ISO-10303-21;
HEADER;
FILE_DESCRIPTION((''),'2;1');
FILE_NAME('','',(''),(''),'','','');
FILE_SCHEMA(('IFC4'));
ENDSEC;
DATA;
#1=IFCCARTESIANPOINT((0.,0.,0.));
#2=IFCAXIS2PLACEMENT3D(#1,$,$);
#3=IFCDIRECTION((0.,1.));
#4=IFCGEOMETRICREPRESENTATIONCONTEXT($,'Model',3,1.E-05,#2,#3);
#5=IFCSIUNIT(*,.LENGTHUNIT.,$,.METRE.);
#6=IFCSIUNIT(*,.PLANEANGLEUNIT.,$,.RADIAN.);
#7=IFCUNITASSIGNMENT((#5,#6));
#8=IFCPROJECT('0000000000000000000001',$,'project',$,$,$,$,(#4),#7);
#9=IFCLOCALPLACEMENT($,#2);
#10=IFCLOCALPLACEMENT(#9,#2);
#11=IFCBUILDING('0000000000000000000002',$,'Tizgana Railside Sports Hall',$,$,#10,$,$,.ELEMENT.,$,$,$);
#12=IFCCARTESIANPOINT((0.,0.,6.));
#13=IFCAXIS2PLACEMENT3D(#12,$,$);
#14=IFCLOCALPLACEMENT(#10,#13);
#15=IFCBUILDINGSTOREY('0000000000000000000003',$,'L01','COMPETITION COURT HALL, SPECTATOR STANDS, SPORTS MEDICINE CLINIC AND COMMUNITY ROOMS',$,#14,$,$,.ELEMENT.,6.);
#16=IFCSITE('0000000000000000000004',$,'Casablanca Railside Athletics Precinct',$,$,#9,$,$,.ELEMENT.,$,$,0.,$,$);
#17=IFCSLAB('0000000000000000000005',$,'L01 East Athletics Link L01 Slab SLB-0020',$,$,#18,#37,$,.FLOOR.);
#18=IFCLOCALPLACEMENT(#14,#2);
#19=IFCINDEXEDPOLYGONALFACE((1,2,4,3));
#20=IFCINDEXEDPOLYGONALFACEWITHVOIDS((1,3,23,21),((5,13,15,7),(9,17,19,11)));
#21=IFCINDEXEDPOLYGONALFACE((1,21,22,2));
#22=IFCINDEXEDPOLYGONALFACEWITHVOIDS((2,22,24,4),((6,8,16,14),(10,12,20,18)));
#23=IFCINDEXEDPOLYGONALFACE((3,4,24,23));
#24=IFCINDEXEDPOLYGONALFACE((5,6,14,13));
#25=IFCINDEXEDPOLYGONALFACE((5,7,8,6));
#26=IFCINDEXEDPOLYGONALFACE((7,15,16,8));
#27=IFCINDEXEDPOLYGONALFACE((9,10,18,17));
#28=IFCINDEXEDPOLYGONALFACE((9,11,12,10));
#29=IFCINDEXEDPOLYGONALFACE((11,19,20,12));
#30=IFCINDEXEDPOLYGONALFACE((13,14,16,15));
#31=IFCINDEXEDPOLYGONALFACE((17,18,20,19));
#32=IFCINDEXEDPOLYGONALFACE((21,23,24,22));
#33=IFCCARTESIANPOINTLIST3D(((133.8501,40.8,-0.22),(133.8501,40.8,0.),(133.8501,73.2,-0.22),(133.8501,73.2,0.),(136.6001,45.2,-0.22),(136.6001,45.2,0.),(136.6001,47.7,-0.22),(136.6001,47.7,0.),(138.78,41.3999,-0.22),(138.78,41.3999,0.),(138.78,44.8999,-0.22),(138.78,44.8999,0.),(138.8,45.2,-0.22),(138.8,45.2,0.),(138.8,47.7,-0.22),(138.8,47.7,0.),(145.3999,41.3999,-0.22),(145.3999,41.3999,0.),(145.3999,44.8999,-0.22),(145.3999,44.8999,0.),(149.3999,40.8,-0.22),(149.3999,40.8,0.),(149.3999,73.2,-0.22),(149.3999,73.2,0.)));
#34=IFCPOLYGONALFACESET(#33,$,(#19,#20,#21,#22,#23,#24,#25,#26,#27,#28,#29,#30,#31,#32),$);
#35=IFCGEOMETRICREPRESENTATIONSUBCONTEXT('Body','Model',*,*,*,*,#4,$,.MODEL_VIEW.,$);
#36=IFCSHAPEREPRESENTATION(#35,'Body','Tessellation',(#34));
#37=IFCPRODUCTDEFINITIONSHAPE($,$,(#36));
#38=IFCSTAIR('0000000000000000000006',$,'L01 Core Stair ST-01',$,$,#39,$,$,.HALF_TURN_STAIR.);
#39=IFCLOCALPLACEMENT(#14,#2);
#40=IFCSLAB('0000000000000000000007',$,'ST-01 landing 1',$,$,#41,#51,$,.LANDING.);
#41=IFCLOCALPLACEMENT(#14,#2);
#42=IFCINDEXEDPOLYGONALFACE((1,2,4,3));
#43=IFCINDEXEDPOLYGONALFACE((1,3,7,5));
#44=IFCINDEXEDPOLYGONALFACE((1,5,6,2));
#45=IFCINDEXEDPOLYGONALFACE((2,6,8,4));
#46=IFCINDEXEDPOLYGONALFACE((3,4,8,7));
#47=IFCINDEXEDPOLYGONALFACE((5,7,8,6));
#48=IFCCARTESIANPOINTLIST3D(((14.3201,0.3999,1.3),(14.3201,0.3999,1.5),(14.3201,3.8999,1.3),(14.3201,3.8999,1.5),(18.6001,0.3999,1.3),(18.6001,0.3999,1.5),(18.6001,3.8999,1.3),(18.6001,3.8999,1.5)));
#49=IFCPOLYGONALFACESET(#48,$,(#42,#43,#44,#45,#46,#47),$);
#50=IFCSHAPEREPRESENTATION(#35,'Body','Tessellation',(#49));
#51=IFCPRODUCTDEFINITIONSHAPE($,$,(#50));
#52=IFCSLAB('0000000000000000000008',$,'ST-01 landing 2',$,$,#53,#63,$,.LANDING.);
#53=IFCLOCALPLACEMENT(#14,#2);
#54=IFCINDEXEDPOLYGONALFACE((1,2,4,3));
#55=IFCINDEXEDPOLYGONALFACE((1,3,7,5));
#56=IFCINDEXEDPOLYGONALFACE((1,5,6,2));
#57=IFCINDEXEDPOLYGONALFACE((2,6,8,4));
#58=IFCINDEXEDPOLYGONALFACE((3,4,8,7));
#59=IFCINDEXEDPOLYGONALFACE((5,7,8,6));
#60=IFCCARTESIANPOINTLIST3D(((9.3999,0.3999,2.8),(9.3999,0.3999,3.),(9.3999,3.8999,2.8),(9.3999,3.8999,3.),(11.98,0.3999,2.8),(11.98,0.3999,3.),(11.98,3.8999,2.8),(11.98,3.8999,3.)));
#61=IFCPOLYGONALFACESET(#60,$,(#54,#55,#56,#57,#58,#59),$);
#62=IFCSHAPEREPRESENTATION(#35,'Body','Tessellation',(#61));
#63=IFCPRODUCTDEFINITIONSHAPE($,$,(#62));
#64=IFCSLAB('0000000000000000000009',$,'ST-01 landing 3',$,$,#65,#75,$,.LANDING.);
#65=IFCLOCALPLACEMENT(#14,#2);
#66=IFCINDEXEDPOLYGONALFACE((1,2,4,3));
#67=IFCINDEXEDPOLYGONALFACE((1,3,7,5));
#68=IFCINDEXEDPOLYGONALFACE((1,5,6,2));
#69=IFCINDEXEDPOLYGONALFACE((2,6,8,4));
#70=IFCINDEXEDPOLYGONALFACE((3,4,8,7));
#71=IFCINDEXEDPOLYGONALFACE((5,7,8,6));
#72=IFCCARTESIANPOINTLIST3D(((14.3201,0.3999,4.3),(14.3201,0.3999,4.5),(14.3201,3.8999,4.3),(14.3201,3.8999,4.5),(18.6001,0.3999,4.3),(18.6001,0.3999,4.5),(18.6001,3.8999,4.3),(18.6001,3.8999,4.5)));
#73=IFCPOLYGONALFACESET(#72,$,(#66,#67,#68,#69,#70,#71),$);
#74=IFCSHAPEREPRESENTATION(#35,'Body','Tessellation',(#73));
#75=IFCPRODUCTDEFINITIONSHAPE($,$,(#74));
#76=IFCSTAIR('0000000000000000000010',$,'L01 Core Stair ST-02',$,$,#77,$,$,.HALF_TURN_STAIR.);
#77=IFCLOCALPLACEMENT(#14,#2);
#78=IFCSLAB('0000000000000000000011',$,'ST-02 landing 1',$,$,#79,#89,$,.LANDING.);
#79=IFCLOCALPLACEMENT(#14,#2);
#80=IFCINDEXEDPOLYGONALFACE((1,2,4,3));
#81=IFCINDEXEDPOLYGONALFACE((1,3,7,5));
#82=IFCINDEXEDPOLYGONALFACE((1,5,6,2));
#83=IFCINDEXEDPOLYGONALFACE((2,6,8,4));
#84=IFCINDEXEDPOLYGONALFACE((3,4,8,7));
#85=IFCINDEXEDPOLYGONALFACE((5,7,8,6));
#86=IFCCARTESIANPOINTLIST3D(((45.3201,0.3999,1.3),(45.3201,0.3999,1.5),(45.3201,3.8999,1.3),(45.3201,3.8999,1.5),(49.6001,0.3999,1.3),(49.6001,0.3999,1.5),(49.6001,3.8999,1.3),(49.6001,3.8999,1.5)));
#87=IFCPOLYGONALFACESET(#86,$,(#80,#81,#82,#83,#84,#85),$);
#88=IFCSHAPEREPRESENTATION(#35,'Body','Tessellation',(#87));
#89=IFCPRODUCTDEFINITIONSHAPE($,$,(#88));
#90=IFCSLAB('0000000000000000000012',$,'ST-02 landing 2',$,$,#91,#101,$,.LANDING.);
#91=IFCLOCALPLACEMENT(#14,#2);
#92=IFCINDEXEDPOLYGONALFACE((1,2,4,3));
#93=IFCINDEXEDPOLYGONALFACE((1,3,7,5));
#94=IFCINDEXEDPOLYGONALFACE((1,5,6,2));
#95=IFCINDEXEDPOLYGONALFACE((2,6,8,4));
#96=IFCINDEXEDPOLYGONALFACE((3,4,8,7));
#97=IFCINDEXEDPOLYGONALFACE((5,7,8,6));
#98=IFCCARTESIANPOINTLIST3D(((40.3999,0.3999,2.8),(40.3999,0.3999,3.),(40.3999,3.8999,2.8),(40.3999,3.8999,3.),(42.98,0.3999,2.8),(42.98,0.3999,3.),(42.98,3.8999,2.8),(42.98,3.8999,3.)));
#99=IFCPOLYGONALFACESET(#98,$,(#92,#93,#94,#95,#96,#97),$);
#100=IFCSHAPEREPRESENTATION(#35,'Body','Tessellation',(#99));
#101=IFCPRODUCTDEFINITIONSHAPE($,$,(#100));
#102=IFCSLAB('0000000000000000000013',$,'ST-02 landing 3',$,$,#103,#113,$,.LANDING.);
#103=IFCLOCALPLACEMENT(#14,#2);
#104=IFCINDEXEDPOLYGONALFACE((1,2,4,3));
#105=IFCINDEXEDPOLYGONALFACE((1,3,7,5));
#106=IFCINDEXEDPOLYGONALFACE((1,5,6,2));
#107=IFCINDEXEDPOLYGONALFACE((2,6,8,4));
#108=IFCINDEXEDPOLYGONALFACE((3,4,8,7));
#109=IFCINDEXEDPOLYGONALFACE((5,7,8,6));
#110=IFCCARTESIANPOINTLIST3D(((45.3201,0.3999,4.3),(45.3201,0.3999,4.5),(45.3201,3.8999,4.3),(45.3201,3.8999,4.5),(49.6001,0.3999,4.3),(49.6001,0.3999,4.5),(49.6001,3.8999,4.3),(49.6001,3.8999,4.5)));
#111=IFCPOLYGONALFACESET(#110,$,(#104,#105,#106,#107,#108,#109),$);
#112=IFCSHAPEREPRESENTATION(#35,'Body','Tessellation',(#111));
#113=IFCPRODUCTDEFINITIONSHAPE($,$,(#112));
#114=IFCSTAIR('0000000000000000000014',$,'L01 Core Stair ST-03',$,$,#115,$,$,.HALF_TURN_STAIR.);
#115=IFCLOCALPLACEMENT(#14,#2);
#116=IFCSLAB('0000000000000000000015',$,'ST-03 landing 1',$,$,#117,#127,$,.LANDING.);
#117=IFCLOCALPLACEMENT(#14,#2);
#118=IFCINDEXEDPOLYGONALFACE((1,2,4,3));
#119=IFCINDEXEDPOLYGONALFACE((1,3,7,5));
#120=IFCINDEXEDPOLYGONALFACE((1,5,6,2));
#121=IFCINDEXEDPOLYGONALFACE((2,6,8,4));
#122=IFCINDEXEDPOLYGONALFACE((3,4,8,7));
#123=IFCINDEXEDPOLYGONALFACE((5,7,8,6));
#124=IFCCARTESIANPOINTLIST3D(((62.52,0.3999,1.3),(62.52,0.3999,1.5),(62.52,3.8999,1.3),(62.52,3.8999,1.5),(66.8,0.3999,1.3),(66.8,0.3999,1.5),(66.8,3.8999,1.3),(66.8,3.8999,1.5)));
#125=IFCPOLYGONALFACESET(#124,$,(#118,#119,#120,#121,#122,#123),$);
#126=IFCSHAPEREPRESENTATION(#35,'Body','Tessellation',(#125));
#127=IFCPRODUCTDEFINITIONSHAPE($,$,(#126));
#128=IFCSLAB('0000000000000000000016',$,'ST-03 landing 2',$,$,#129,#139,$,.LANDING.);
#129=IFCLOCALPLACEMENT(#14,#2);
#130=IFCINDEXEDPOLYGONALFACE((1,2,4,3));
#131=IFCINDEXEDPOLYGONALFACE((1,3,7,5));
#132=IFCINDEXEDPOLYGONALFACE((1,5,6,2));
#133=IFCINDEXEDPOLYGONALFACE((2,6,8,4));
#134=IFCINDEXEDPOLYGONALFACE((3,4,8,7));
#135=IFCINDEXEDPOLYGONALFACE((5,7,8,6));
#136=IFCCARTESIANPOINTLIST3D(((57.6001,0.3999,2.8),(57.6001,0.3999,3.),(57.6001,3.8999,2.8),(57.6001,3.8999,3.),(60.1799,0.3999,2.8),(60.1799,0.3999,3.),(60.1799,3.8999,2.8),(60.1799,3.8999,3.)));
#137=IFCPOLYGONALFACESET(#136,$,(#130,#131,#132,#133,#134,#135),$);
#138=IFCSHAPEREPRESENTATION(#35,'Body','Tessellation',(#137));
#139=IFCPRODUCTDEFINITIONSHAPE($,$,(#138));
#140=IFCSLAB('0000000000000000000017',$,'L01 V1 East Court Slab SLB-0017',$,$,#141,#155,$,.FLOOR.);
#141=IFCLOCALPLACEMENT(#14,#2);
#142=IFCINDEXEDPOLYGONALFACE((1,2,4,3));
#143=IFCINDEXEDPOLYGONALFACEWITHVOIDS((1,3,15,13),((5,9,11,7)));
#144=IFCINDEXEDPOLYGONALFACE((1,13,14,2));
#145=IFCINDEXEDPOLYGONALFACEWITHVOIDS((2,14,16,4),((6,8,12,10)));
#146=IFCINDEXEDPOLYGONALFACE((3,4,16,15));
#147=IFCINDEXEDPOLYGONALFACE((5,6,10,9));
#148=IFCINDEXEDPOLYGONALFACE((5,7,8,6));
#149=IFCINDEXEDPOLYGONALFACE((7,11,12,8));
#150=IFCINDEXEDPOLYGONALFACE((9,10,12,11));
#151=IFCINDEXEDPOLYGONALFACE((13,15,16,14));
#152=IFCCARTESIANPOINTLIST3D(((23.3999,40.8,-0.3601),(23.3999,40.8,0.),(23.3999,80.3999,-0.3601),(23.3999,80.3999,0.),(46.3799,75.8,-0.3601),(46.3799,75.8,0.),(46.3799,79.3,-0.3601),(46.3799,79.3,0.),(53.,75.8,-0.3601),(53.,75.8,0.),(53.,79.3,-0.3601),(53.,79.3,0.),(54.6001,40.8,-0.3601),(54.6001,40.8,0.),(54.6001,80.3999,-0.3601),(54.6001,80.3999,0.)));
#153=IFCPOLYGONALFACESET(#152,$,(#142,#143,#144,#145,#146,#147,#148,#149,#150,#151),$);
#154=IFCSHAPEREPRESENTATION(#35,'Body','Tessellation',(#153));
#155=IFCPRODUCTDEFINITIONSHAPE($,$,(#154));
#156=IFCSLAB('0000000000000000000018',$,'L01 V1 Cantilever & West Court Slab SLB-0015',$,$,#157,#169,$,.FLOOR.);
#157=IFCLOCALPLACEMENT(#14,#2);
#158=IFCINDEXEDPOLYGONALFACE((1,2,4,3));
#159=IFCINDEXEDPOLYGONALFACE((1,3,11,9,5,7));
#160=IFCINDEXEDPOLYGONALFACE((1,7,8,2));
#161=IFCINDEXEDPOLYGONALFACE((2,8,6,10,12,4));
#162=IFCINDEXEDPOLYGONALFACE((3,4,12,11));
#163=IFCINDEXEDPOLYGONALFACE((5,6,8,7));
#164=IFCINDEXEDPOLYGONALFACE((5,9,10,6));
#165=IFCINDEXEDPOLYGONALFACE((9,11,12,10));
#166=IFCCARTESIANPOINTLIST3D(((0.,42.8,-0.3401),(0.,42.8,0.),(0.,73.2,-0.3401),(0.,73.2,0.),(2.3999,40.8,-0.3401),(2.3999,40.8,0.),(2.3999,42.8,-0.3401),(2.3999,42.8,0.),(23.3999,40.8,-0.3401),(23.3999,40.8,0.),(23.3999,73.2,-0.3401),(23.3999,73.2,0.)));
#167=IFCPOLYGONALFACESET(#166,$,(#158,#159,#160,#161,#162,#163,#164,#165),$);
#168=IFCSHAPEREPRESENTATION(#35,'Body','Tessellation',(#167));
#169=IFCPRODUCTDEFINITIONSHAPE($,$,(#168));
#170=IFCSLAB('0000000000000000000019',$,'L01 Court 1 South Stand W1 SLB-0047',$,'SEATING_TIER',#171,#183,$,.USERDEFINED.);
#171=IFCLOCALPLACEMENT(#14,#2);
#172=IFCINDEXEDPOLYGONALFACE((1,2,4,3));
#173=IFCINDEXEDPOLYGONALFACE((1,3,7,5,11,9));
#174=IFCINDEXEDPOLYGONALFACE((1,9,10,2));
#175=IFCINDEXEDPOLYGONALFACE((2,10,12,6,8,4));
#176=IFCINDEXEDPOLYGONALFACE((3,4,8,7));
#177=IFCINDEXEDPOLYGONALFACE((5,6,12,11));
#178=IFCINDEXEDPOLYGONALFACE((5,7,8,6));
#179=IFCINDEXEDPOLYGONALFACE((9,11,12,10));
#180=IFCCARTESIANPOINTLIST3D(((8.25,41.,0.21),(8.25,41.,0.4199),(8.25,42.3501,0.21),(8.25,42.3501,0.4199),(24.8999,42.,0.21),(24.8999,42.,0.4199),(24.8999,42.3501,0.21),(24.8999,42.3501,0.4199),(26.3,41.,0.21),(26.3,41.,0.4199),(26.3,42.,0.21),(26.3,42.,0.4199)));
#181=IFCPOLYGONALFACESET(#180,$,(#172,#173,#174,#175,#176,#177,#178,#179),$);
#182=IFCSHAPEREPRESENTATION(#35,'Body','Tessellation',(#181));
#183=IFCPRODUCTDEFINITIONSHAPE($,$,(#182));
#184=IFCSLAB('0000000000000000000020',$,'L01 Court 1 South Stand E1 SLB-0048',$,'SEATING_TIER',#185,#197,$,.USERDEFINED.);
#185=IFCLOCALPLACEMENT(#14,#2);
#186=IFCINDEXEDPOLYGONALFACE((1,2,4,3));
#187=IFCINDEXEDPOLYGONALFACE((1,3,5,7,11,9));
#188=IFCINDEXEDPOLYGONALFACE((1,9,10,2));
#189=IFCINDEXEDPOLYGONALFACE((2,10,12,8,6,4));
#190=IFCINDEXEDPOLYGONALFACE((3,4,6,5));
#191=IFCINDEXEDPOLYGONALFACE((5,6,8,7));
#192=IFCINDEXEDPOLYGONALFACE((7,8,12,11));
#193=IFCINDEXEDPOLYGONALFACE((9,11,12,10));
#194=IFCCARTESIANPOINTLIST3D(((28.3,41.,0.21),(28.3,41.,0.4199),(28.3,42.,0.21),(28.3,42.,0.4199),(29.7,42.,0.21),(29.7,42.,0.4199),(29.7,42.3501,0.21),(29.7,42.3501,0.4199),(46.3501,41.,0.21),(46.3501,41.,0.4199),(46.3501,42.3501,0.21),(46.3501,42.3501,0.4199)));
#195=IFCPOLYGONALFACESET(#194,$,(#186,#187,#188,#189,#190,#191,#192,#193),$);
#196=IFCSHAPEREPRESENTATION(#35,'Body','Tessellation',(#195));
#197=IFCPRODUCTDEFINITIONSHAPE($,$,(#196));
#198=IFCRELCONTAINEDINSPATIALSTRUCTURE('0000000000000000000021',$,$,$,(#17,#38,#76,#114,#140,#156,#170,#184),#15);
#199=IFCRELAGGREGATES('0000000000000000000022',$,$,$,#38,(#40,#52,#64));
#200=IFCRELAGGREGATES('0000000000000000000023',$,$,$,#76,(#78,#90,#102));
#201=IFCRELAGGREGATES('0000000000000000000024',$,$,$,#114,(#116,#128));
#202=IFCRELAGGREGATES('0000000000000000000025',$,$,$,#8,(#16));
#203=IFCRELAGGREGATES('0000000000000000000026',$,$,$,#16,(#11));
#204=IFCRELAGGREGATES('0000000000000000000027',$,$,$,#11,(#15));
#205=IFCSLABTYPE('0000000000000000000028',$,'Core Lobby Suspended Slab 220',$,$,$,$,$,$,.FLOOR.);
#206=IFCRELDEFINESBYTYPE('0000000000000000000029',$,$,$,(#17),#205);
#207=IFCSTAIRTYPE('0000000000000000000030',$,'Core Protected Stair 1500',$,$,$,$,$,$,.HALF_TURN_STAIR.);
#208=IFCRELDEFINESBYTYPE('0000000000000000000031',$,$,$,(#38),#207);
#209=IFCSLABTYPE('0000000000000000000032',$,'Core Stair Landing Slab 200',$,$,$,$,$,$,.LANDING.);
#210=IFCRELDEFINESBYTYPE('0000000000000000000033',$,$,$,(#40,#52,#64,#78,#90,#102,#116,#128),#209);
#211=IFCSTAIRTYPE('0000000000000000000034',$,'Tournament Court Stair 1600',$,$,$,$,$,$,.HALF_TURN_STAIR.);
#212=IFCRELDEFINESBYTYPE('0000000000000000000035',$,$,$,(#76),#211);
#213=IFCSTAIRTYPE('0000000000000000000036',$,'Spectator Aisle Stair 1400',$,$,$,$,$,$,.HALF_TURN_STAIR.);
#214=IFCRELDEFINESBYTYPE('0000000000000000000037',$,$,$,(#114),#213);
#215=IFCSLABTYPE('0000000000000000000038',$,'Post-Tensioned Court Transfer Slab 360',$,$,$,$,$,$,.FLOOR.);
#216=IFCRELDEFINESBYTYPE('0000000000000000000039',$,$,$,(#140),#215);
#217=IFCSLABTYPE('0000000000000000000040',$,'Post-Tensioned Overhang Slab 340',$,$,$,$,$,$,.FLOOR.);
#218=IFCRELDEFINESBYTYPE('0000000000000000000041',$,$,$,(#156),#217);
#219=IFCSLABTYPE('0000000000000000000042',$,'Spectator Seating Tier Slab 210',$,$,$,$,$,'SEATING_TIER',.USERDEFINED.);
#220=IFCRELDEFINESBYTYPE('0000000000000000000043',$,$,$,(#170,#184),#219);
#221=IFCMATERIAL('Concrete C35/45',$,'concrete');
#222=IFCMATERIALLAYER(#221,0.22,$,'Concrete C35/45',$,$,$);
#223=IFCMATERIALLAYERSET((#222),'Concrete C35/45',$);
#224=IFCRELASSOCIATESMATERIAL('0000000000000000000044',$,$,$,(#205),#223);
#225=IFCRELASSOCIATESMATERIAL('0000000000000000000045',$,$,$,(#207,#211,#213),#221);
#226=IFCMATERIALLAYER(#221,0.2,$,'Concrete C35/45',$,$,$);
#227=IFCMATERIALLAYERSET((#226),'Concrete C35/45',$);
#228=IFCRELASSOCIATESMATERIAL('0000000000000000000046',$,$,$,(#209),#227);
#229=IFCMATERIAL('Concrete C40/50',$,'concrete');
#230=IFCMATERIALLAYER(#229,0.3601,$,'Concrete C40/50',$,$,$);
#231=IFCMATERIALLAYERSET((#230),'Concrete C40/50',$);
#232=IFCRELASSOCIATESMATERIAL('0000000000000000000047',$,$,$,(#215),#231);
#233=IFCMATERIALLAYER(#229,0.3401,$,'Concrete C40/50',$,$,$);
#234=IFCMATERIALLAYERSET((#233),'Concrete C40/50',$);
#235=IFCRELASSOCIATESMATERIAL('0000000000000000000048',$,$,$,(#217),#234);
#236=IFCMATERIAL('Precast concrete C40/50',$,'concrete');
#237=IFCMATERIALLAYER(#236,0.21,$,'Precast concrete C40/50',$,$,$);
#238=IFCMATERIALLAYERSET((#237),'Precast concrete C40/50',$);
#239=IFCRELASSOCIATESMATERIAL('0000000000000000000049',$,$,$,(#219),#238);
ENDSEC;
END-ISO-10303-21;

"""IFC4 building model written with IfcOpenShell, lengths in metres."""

from ifc_helpers import new_model, si_unit, direction, frame, origin, place, context, subcontext, project, spatial, polyline, outline, extrude, material, layer, layer_set, type_object, element, aggregate, save


model = new_model("IFC4")

# Units and contexts
model_context = context("Model", 3, precision=1e-05, world=origin(), true_north=direction((0.0, 1.0)))
body_context = subcontext(model_context, "Body", "Model", "MODEL_VIEW")
ifc_project = project(units=[si_unit("LENGTHUNIT", "METRE"), si_unit("PLANEANGLEUNIT", "RADIAN")], contexts=[model_context])

# Site, building, storey
site_placement = place(None, origin())
site = spatial("IfcSite", under=ifc_project, at=site_placement, Name="Casablanca Railside Athletics Precinct", CompositionType="ELEMENT", RefElevation=0.0)
building_placement = place(site_placement, origin())
building = spatial("IfcBuilding", under=site, at=building_placement, Name="Tizgana Railside Sports Hall", CompositionType="ELEMENT")
storey_placement = place(building_placement, frame((0.0, 0.0, 6.0)))
storey = spatial("IfcBuildingStorey", under=building, at=storey_placement, Name="L01", Description="COMPETITION COURT HALL, SPECTATOR STANDS, SPORTS MEDICINE CLINIC AND COMMUNITY ROOMS", CompositionType="ELEMENT", Elevation=6.0)

# Slab
ifc_material_1 = material(Name="Concrete C35/45", Category="concrete")
ifc_layer_1 = layer(ifc_material_1, 0.22, Name="Concrete C35/45")
ifc_layer_set_1 = layer_set([ifc_layer_1], Name="Concrete C35/45")
slab_type_1 = type_object("IfcSlabType", Name="Core Lobby Suspended Slab 220", PredefinedType="FLOOR", material=ifc_layer_set_1)
slab_1_placement = place(storey_placement, frame((0.0, 0.0, -0.22)))
element("IfcSlab", 1, at=slab_1_placement, inside=storey, type_object=slab_type_1, Name="L01 East Athletics Link L01 Slab SLB-0020", PredefinedType="FLOOR", context=body_context, shape_type="SweptSolid", body=[
    extrude(outline(polyline([(133.8501, 40.8), (149.3999, 40.8), (149.3999, 73.2), (133.8501, 73.2), (133.8501, 40.8)]), holes=[polyline([(138.78, 41.3999), (145.3999, 41.3999), (145.3999, 44.8999), (138.78, 44.8999), (138.78, 41.3999)]), polyline([(136.6001, 45.2), (138.8, 45.2), (138.8, 47.7), (136.6001, 47.7), (136.6001, 45.2)])]), origin(), (0.0, 0.0, 1.0), 0.22),
])

# Stairs, slabs
stair_type_1 = type_object("IfcStairType", Name="Core Protected Stair 1500", PredefinedType="HALF_TURN_STAIR", material=ifc_material_1)
stair_1_placement = place(storey_placement, origin())
stair_1 = element("IfcStair", 2, at=stair_1_placement, inside=storey, type_object=stair_type_1, Name="L01 Core Stair ST-01", PredefinedType="HALF_TURN_STAIR")
ifc_layer_2 = layer(ifc_material_1, 0.2, Name="Concrete C35/45")
ifc_layer_set_2 = layer_set([ifc_layer_2], Name="Concrete C35/45")
slab_type_2 = type_object("IfcSlabType", Name="Core Stair Landing Slab 200", PredefinedType="LANDING", material=ifc_layer_set_2)
slab_2_placement = place(storey_placement, frame((0.0, 0.0, 1.3)))
slab_2 = element("IfcSlab", 3, at=slab_2_placement, type_object=slab_type_2, Name="ST-01 landing 1", PredefinedType="LANDING", context=body_context, shape_type="SweptSolid", body=[
    extrude(outline(polyline([(14.3201, 0.3999), (18.6001, 0.3999), (18.6001, 3.8999), (14.3201, 3.8999), (14.3201, 0.3999)])), origin(), (0.0, 0.0, 1.0), 0.2),
])
slab_3_placement = place(storey_placement, frame((0.0, 0.0, 2.8)))
slab_3 = element("IfcSlab", 4, at=slab_3_placement, type_object=slab_type_2, Name="ST-01 landing 2", PredefinedType="LANDING", context=body_context, shape_type="SweptSolid", body=[
    extrude(outline(polyline([(9.3999, 0.3999), (11.98, 0.3999), (11.98, 3.8999), (9.3999, 3.8999), (9.3999, 0.3999)])), origin(), (0.0, 0.0, 1.0), 0.2),
])
slab_4_placement = place(storey_placement, frame((0.0, 0.0, 4.3)))
slab_4 = element("IfcSlab", 5, at=slab_4_placement, type_object=slab_type_2, Name="ST-01 landing 3", PredefinedType="LANDING", context=body_context, shape_type="SweptSolid", body=[
    extrude(outline(polyline([(14.3201, 0.3999), (18.6001, 0.3999), (18.6001, 3.8999), (14.3201, 3.8999), (14.3201, 0.3999)])), origin(), (0.0, 0.0, 1.0), 0.2),
])
aggregate(stair_1, [slab_2, slab_3, slab_4])
stair_type_2 = type_object("IfcStairType", Name="Tournament Court Stair 1600", PredefinedType="HALF_TURN_STAIR", material=ifc_material_1)
stair_2_placement = place(storey_placement, origin())
stair_2 = element("IfcStair", 6, at=stair_2_placement, inside=storey, type_object=stair_type_2, Name="L01 Core Stair ST-02", PredefinedType="HALF_TURN_STAIR")
slab_5_placement = place(storey_placement, frame((0.0, 0.0, 1.3)))
slab_5 = element("IfcSlab", 7, at=slab_5_placement, type_object=slab_type_2, Name="ST-02 landing 1", PredefinedType="LANDING", context=body_context, shape_type="SweptSolid", body=[
    extrude(outline(polyline([(45.3201, 0.3999), (49.6001, 0.3999), (49.6001, 3.8999), (45.3201, 3.8999), (45.3201, 0.3999)])), origin(), (0.0, 0.0, 1.0), 0.2),
])
slab_6_placement = place(storey_placement, frame((0.0, 0.0, 2.8)))
slab_6 = element("IfcSlab", 8, at=slab_6_placement, type_object=slab_type_2, Name="ST-02 landing 2", PredefinedType="LANDING", context=body_context, shape_type="SweptSolid", body=[
    extrude(outline(polyline([(40.3999, 0.3999), (42.98, 0.3999), (42.98, 3.8999), (40.3999, 3.8999), (40.3999, 0.3999)])), origin(), (0.0, 0.0, 1.0), 0.2),
])
slab_7_placement = place(storey_placement, frame((0.0, 0.0, 4.3)))
slab_7 = element("IfcSlab", 9, at=slab_7_placement, type_object=slab_type_2, Name="ST-02 landing 3", PredefinedType="LANDING", context=body_context, shape_type="SweptSolid", body=[
    extrude(outline(polyline([(45.3201, 0.3999), (49.6001, 0.3999), (49.6001, 3.8999), (45.3201, 3.8999), (45.3201, 0.3999)])), origin(), (0.0, 0.0, 1.0), 0.2),
])
aggregate(stair_2, [slab_5, slab_6, slab_7])
stair_type_3 = type_object("IfcStairType", Name="Spectator Aisle Stair 1400", PredefinedType="HALF_TURN_STAIR", material=ifc_material_1)
stair_3_placement = place(storey_placement, origin())
stair_3 = element("IfcStair", 10, at=stair_3_placement, inside=storey, type_object=stair_type_3, Name="L01 Core Stair ST-03", PredefinedType="HALF_TURN_STAIR")
slab_8_placement = place(storey_placement, frame((0.0, 0.0, 1.3)))
slab_8 = element("IfcSlab", 11, at=slab_8_placement, type_object=slab_type_2, Name="ST-03 landing 1", PredefinedType="LANDING", context=body_context, shape_type="SweptSolid", body=[
    extrude(outline(polyline([(62.52, 0.3999), (66.8, 0.3999), (66.8, 3.8999), (62.52, 3.8999), (62.52, 0.3999)])), origin(), (0.0, 0.0, 1.0), 0.2),
])
slab_9_placement = place(storey_placement, frame((0.0, 0.0, 2.8)))
slab_9 = element("IfcSlab", 12, at=slab_9_placement, type_object=slab_type_2, Name="ST-03 landing 2", PredefinedType="LANDING", context=body_context, shape_type="SweptSolid", body=[
    extrude(outline(polyline([(57.6001, 0.3999), (60.1799, 0.3999), (60.1799, 3.8999), (57.6001, 3.8999), (57.6001, 0.3999)])), origin(), (0.0, 0.0, 1.0), 0.2),
])
aggregate(stair_3, [slab_8, slab_9])

# Slabs
ifc_material_2 = material(Name="Concrete C40/50", Category="concrete")
ifc_layer_3 = layer(ifc_material_2, 0.3601, Name="Concrete C40/50")
ifc_layer_set_3 = layer_set([ifc_layer_3], Name="Concrete C40/50")
slab_type_3 = type_object("IfcSlabType", Name="Post-Tensioned Court Transfer Slab 360", PredefinedType="FLOOR", material=ifc_layer_set_3)
slab_10_placement = place(storey_placement, frame((0.0, 0.0, -0.3601)))
element("IfcSlab", 13, at=slab_10_placement, inside=storey, type_object=slab_type_3, Name="L01 V1 East Court Slab SLB-0017", PredefinedType="FLOOR", context=body_context, shape_type="SweptSolid", body=[
    extrude(outline(polyline([(23.3999, 40.8), (54.6001, 40.8), (54.6001, 80.3999), (23.3999, 80.3999), (23.3999, 40.8)]), holes=[polyline([(46.3799, 75.8), (53.0, 75.8), (53.0, 79.3), (46.3799, 79.3), (46.3799, 75.8)])]), origin(), (0.0, 0.0, 1.0), 0.3601),
])
ifc_layer_4 = layer(ifc_material_2, 0.3401, Name="Concrete C40/50")
ifc_layer_set_4 = layer_set([ifc_layer_4], Name="Concrete C40/50")
slab_type_4 = type_object("IfcSlabType", Name="Post-Tensioned Overhang Slab 340", PredefinedType="FLOOR", material=ifc_layer_set_4)
slab_11_placement = place(storey_placement, frame((0.0, 0.0, -0.3401)))
element("IfcSlab", 14, at=slab_11_placement, inside=storey, type_object=slab_type_4, Name="L01 V1 Cantilever & West Court Slab SLB-0015", PredefinedType="FLOOR", context=body_context, shape_type="SweptSolid", body=[
    extrude(outline(polyline([(2.3999, 40.8), (23.3999, 40.8), (23.3999, 73.2), (0.0, 73.2), (0.0, 42.8), (2.3999, 42.8), (2.3999, 40.8)])), origin(), (0.0, 0.0, 1.0), 0.3401),
])
ifc_material_3 = material(Name="Precast concrete C40/50", Category="concrete")
ifc_layer_5 = layer(ifc_material_3, 0.21, Name="Precast concrete C40/50")
ifc_layer_set_5 = layer_set([ifc_layer_5], Name="Precast concrete C40/50")
slab_type_5 = type_object("IfcSlabType", Name="Spectator Seating Tier Slab 210", ElementType="SEATING_TIER", PredefinedType="USERDEFINED", material=ifc_layer_set_5)
slab_12_placement = place(storey_placement, frame((0.0, 0.0, 0.21)))
element("IfcSlab", 15, at=slab_12_placement, inside=storey, type_object=slab_type_5, Name="L01 Court 1 South Stand W1 SLB-0047", ObjectType="SEATING_TIER", PredefinedType="USERDEFINED", context=body_context, shape_type="SweptSolid", body=[
    extrude(outline(polyline([(8.25, 41.0), (26.3, 41.0), (26.3, 42.0), (24.8999, 42.0), (24.8999, 42.3501), (8.25, 42.3501), (8.25, 41.0)])), origin(), (0.0, 0.0, 1.0), 0.21),
])
slab_13_placement = place(storey_placement, frame((0.0, 0.0, 0.21)))
element("IfcSlab", 16, at=slab_13_placement, inside=storey, type_object=slab_type_5, Name="L01 Court 1 South Stand E1 SLB-0048", ObjectType="SEATING_TIER", PredefinedType="USERDEFINED", context=body_context, shape_type="SweptSolid", body=[
    extrude(outline(polyline([(28.3, 41.0), (46.3501, 41.0), (46.3501, 42.3501), (29.7, 42.3501), (29.7, 42.0), (28.3, 42.0), (28.3, 41.0)])), origin(), (0.0, 0.0, 1.0), 0.21),
])

save(model, "model.ifc")
